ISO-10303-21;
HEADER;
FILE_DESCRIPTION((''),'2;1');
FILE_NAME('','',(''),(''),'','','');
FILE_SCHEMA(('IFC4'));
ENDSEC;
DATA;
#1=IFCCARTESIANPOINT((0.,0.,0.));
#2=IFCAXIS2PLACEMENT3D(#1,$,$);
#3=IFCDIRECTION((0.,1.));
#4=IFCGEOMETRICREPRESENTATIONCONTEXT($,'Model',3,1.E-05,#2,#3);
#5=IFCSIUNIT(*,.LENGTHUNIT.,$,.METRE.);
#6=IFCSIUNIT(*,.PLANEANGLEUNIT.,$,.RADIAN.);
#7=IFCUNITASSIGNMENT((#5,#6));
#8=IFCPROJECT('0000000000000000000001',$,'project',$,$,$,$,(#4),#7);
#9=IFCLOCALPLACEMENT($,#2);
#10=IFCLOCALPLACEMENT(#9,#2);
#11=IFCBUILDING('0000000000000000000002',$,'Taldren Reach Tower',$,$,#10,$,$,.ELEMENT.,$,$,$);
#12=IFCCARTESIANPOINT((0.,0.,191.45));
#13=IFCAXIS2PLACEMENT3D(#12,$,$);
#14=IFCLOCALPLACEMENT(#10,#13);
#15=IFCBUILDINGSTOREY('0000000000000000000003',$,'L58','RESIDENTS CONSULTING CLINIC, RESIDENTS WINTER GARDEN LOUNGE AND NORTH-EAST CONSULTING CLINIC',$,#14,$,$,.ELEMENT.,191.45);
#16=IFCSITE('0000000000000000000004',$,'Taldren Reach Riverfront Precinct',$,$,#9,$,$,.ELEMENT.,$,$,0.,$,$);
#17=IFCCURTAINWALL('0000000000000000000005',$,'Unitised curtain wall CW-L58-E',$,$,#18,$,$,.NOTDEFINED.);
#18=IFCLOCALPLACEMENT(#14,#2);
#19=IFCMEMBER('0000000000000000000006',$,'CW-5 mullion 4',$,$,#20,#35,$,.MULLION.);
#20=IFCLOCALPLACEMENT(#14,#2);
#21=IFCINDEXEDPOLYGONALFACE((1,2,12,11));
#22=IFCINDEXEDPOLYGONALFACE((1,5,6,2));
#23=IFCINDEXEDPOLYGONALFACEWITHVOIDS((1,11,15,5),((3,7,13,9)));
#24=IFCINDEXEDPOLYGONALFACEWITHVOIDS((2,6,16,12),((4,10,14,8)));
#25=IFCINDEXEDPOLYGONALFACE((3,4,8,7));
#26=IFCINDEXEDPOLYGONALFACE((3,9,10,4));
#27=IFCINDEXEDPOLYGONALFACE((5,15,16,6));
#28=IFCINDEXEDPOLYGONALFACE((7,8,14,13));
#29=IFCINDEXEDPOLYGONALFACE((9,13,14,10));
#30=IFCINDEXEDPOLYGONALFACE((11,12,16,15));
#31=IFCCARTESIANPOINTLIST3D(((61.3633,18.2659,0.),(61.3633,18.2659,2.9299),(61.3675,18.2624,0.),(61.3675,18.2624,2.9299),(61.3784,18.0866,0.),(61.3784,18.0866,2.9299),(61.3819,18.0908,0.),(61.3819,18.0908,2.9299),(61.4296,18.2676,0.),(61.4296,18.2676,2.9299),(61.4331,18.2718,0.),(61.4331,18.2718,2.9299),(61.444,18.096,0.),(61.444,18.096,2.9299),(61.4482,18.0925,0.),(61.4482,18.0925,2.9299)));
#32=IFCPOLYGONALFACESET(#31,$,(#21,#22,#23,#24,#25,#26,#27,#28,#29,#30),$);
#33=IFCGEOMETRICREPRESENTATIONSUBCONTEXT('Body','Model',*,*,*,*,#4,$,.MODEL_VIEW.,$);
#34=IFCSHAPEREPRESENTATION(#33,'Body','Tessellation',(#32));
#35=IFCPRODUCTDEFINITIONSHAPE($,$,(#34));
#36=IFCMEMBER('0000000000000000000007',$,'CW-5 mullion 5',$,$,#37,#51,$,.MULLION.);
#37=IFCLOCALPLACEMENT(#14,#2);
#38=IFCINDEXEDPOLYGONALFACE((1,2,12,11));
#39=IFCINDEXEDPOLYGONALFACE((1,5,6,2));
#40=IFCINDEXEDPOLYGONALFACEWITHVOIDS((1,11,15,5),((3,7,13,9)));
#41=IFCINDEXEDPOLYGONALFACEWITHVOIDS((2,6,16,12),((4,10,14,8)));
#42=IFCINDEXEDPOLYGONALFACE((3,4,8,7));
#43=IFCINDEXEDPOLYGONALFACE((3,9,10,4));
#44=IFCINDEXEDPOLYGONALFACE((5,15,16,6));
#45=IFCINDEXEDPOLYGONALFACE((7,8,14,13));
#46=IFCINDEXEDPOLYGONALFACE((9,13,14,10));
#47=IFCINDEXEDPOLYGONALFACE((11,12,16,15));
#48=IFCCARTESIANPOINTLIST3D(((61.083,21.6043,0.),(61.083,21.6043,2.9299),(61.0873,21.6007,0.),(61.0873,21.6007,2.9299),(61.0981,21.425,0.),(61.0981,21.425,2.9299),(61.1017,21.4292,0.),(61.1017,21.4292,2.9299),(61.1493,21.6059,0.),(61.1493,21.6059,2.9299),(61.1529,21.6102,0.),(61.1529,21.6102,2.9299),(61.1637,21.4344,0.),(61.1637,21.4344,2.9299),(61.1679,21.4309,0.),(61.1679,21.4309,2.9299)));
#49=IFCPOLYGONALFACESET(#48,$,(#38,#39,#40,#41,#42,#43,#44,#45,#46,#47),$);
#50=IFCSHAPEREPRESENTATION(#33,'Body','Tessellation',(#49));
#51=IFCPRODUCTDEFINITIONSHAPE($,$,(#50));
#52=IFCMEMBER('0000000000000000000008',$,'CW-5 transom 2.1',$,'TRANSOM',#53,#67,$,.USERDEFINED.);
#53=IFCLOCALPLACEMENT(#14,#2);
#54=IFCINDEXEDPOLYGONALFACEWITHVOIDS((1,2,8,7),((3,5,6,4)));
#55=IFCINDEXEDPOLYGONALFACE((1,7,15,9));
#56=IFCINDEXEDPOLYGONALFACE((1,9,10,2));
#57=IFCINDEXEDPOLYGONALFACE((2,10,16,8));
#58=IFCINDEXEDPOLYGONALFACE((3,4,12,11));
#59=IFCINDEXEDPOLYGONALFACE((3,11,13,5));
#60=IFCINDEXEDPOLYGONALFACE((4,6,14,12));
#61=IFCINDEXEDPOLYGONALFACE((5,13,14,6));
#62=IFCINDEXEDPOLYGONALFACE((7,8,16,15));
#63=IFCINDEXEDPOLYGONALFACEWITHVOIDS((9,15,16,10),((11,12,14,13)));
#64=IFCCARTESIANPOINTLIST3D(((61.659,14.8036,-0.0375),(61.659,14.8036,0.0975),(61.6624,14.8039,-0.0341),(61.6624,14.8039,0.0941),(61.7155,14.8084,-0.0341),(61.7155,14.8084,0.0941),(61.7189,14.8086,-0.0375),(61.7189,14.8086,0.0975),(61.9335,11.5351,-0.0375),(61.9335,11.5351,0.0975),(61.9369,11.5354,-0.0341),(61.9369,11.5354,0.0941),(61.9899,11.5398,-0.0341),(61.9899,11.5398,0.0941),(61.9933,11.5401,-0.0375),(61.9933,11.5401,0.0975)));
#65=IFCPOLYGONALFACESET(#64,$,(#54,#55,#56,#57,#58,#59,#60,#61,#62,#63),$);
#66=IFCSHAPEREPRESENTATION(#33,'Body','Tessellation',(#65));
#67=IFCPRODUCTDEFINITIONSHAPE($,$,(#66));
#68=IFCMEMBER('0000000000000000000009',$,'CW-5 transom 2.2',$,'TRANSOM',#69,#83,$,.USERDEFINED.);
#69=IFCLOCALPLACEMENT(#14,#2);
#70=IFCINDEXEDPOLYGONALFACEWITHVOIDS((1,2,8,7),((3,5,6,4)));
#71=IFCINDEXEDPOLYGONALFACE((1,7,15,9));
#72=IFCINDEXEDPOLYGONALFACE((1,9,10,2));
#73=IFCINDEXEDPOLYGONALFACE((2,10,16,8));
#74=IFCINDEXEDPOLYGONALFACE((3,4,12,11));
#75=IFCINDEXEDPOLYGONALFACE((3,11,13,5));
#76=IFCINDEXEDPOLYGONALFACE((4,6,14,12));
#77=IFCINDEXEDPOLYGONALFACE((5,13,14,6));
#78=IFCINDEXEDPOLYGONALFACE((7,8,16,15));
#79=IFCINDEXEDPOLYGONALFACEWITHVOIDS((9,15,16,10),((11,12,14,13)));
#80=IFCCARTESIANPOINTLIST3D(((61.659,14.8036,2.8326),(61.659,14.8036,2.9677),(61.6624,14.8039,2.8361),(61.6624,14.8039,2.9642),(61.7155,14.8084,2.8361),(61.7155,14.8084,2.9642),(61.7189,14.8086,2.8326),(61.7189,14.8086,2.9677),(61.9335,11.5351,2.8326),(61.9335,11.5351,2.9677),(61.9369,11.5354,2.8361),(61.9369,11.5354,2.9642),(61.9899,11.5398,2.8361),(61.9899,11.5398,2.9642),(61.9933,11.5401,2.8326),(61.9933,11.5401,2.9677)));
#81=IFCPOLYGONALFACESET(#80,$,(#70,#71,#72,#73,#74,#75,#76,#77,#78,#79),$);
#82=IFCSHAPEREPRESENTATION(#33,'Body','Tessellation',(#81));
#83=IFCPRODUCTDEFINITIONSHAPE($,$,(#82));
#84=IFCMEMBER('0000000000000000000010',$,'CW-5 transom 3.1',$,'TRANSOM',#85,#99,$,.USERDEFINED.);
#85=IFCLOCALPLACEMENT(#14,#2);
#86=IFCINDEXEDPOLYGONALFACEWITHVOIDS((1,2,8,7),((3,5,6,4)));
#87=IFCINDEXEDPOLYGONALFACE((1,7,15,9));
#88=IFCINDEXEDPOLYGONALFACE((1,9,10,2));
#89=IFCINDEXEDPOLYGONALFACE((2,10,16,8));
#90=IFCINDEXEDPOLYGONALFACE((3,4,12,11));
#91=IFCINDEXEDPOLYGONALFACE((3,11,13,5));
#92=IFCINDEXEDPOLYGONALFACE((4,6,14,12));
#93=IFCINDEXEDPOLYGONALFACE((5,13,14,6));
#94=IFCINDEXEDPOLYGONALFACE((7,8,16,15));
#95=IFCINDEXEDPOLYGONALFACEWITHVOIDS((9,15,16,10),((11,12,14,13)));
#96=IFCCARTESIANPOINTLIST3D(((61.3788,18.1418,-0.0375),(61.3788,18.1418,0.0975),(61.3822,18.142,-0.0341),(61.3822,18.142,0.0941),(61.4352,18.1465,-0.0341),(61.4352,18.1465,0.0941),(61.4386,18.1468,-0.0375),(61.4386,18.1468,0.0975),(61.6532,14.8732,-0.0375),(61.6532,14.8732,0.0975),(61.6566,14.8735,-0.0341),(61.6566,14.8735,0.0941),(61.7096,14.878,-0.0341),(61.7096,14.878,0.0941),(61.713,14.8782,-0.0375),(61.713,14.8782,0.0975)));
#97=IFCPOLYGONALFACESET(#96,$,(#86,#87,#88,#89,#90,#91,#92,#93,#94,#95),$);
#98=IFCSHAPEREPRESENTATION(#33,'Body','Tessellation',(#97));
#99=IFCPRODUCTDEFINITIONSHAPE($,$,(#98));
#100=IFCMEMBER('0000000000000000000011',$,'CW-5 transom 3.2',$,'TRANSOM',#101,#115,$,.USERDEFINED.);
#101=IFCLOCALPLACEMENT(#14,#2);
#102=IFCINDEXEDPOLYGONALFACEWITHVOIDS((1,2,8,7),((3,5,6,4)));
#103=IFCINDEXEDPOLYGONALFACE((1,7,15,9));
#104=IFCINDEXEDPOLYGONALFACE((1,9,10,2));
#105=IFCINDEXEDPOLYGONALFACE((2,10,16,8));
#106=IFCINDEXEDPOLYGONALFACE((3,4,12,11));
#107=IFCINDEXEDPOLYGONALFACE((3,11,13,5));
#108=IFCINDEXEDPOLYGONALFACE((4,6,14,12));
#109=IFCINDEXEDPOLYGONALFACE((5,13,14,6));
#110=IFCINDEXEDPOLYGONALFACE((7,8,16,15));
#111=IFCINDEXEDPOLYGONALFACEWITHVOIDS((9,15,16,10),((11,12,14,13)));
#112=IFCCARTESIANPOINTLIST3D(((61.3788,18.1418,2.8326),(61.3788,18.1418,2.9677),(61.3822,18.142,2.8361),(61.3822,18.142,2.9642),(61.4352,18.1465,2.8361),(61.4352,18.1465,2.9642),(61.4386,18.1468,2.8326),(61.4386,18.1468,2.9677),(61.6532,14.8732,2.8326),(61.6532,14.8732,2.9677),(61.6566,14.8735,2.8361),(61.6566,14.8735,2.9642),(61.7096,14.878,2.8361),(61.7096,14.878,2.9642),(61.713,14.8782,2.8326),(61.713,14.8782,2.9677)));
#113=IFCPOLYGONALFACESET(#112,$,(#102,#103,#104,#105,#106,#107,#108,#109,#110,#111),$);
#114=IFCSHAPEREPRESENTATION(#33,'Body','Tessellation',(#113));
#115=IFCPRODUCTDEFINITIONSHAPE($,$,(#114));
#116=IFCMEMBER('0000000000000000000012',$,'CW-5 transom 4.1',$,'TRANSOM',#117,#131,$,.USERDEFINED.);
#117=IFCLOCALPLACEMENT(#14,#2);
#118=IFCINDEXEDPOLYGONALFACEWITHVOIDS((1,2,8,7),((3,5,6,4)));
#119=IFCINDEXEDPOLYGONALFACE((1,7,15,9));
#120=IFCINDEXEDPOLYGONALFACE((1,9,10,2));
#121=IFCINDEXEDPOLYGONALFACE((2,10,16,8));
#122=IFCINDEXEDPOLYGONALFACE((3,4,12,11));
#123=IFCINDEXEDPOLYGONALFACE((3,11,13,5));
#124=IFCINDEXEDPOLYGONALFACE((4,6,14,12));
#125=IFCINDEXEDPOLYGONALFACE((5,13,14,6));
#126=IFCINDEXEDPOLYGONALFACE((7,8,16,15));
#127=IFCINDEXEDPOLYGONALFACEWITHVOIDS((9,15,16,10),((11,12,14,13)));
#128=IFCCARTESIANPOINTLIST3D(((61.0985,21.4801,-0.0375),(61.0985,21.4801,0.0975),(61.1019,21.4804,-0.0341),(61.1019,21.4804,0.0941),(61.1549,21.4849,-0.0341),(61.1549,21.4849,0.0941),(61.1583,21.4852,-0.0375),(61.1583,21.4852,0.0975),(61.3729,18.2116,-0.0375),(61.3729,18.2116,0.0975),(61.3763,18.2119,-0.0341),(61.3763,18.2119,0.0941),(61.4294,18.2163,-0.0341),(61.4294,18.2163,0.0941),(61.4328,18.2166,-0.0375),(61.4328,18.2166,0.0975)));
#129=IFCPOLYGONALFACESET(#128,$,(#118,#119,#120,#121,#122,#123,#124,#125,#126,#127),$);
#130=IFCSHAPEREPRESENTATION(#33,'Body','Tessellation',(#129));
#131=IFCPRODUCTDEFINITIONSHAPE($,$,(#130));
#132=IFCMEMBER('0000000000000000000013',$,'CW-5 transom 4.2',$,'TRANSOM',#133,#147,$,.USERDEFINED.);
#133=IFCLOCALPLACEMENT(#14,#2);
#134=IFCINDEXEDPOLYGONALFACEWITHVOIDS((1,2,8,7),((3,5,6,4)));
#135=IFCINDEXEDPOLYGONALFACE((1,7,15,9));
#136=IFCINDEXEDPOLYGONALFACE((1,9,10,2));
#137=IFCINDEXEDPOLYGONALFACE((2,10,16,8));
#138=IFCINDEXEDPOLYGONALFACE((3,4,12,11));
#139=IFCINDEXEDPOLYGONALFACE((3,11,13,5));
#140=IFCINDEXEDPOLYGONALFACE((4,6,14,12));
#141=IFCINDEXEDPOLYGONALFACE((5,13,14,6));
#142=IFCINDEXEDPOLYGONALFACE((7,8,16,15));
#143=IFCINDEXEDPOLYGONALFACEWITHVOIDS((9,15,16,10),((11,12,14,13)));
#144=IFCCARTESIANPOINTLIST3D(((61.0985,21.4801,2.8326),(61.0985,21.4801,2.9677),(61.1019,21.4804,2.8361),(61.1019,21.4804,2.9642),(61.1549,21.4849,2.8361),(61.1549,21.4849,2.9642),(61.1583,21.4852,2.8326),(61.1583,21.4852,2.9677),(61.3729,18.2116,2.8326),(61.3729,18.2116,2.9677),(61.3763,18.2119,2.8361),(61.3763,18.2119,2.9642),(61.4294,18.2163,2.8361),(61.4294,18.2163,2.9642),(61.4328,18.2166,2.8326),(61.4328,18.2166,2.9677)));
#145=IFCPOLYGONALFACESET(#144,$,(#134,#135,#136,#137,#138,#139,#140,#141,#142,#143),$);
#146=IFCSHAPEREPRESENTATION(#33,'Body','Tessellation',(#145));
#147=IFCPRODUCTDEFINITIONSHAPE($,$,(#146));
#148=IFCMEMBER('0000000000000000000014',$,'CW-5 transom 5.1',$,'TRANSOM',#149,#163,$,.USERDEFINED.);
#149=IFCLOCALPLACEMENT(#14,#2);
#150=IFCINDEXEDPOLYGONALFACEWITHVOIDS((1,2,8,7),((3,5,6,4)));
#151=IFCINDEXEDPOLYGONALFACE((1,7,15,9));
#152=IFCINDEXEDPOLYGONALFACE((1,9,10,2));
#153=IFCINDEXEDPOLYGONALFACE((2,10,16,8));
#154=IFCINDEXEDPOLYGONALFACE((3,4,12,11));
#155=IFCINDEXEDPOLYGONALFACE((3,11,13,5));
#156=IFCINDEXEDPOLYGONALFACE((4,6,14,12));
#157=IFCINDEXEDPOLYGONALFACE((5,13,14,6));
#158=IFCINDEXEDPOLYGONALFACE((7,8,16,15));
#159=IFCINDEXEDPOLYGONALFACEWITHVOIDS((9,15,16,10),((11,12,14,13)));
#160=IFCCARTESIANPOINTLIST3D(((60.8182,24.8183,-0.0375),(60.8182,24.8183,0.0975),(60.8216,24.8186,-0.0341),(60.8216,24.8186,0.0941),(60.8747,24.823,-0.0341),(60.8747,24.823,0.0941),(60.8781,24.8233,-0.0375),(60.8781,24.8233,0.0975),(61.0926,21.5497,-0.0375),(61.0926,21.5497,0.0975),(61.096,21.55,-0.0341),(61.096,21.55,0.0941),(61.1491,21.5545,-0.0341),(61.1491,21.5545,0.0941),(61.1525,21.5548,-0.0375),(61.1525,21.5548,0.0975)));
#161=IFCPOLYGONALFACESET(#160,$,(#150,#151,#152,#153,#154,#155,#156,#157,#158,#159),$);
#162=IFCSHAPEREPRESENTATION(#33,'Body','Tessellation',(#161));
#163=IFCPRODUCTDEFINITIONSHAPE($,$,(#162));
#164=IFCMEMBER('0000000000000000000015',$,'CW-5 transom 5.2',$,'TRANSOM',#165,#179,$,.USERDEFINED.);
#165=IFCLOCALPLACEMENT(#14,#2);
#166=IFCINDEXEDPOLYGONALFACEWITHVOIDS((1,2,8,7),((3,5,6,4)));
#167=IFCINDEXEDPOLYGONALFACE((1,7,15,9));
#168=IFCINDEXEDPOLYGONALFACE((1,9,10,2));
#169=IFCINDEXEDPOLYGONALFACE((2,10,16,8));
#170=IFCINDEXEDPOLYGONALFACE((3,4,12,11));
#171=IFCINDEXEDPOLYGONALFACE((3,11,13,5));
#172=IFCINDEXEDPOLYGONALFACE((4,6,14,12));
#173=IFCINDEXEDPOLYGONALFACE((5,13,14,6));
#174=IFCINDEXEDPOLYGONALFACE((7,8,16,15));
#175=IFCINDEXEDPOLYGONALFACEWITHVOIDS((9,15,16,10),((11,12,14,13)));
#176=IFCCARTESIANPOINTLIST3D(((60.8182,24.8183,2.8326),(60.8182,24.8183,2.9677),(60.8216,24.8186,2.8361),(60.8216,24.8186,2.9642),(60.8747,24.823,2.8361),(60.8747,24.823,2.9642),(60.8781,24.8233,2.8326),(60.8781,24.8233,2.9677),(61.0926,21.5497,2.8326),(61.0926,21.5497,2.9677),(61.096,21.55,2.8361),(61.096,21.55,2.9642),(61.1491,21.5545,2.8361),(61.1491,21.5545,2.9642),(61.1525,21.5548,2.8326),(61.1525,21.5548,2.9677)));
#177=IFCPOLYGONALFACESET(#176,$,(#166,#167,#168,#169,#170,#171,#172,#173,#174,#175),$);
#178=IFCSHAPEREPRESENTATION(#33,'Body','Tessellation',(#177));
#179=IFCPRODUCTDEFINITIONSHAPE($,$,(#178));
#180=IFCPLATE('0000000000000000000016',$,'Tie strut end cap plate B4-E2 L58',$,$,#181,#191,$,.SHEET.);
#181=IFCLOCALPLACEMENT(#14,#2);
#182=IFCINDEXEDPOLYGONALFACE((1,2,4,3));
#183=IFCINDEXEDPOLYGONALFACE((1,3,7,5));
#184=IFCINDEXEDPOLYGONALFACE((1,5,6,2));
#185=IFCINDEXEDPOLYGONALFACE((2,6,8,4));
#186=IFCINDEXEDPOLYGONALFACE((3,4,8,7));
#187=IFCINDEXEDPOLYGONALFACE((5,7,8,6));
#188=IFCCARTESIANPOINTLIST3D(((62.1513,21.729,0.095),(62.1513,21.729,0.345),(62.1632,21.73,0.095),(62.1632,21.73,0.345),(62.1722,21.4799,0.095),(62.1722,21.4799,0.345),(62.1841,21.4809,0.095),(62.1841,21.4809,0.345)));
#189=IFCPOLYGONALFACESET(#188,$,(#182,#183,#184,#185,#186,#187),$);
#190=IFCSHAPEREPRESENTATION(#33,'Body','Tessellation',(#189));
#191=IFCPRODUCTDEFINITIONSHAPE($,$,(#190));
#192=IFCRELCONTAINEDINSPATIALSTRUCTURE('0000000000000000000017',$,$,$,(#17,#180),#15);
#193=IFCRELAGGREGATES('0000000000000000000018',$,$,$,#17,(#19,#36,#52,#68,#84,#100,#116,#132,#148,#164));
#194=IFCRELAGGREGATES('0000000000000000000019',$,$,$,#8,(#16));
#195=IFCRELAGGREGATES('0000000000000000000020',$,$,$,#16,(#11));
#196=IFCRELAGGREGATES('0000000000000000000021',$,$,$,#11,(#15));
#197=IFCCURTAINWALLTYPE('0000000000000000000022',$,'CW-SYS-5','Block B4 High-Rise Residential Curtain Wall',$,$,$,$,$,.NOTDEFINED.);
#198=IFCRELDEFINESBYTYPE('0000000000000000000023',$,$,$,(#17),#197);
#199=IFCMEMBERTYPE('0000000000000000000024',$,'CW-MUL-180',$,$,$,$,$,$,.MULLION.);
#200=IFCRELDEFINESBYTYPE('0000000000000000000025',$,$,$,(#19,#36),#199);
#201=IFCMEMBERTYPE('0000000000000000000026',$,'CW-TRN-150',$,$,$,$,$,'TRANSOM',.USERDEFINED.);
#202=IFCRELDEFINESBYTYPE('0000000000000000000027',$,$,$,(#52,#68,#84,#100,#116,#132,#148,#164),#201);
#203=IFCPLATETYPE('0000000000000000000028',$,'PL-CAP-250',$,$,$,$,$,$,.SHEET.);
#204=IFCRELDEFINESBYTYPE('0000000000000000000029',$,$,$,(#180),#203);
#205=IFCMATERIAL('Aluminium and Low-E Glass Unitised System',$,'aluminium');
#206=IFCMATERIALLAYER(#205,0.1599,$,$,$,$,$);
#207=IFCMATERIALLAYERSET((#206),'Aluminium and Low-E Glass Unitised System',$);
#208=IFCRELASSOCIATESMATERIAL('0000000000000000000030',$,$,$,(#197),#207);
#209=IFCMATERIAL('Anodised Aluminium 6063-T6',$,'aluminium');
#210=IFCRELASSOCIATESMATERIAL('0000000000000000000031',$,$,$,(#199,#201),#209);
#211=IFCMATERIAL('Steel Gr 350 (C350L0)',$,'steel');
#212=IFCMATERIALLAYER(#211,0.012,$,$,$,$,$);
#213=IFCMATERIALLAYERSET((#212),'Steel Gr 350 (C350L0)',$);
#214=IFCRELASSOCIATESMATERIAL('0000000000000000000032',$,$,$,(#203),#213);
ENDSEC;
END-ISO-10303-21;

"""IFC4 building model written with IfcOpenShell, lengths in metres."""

from ifc_helpers import new_model, si_unit, direction, frame, origin, origin_2d, place, context, subcontext, project, spatial, rectangle, hollow_rectangle, extrude, source, transform, mapped, material, layer, layer_set, material_profile, profile_set, type_object, element, aggregate, save


model = new_model("IFC4")

# Units and contexts
model_context = context("Model", 3, precision=1e-05, world=origin(), true_north=direction((0.0, 1.0)))
body_context = subcontext(model_context, "Body", "Model", "MODEL_VIEW")
ifc_project = project(units=[si_unit("LENGTHUNIT", "METRE"), si_unit("PLANEANGLEUNIT", "RADIAN")], contexts=[model_context])

# Site, building, storey
site_placement = place(None, origin())
site = spatial("IfcSite", under=ifc_project, at=site_placement, Name="Taldren Reach Riverfront Precinct", CompositionType="ELEMENT", RefElevation=0.0)
building_placement = place(site_placement, origin())
building = spatial("IfcBuilding", under=site, at=building_placement, Name="Taldren Reach Tower", CompositionType="ELEMENT")
storey_placement = place(building_placement, frame((0.0, 0.0, 191.45)))
storey = spatial("IfcBuildingStorey", under=building, at=storey_placement, Name="L58", Description="RESIDENTS CONSULTING CLINIC, RESIDENTS WINTER GARDEN LOUNGE AND NORTH-EAST CONSULTING CLINIC", CompositionType="ELEMENT", Elevation=191.45)

# Shared definitions
ifc_material_1 = material(Name="Steel Gr 350 (C350L0)", Category="steel")

# Curtain wall, members
ifc_material_2 = material(Name="Aluminium and Low-E Glass Unitised System", Category="aluminium")
ifc_layer_1 = layer(ifc_material_2, 0.1599)
ifc_layer_set_1 = layer_set([ifc_layer_1], Name="Aluminium and Low-E Glass Unitised System")
curtain_wall_type = type_object("IfcCurtainWallType", Name="CW-SYS-5", Description="Block B4 High-Rise Residential Curtain Wall", PredefinedType="NOTDEFINED", material=ifc_layer_set_1)
curtain_wall_placement = place(storey_placement, origin())
curtain_wall = element("IfcCurtainWall", 1, at=curtain_wall_placement, inside=storey, type_object=curtain_wall_type, Name="Unitised curtain wall CW-L58-E", PredefinedType="NOTDEFINED")
ifc_material_3 = material(Name="Anodised Aluminium 6063-T6", Category="aluminium")
ifc_material_profile_1 = material_profile(ifc_material_3, hollow_rectangle(XDim=0.0701, YDim=0.1799, WallThickness=0.0039, at=origin_2d()), Name="ALU-180x70x4RHS")
ifc_profile_set_1 = profile_set([ifc_material_profile_1], Name="Anodised Aluminium 6063-T6")
member_type_1 = type_object("IfcMemberType", Name="CW-MUL-180", PredefinedType="MULLION", material=ifc_profile_set_1)
shared_shape_1 = source(origin(), body_context, "Body", "SweptSolid", [
    extrude(hollow_rectangle(XDim=0.0701, YDim=0.1799, WallThickness=0.0039, at=origin_2d()), origin(), (0.0, 0.0, 1.0), 2.9299),
])
member_1_placement = place(storey_placement, frame((61.4058, 18.1792, 0.0), z_axis=(0.0, 0.0, 1.0), x_axis=(-0.996493, -0.083678, 0.0)))
member_1 = element("IfcMember", 2, at=member_1_placement, type_object=member_type_1, Name="CW-5 mullion 4", PredefinedType="MULLION", context=body_context, shape_type="MappedRepresentation", body=[
    mapped(shared_shape_1, transform((0.0, 0.0, 0.0), scale=1.0)),
])
member_2_placement = place(storey_placement, frame((61.1255, 21.5176, 0.0), z_axis=(0.0, 0.0, 1.0), x_axis=(-0.996493, -0.083678, 0.0)))
member_2 = element("IfcMember", 3, at=member_2_placement, type_object=member_type_1, Name="CW-5 mullion 5", PredefinedType="MULLION", context=body_context, shape_type="MappedRepresentation", body=[
    mapped(shared_shape_1, transform((0.0, 0.0, 0.0), scale=1.0)),
])
ifc_material_profile_2 = material_profile(ifc_material_3, hollow_rectangle(XDim=0.0601, YDim=0.135, WallThickness=0.0034, at=origin_2d()), Name="ALU-135x60x3.5RHS")
ifc_profile_set_2 = profile_set([ifc_material_profile_2], Name="Anodised Aluminium 6063-T6")
member_type_2 = type_object("IfcMemberType", Name="CW-TRN-150", ElementType="TRANSOM", PredefinedType="USERDEFINED", material=ifc_profile_set_2)
shared_shape_2 = source(origin(), body_context, "Body", "SweptSolid", [
    extrude(hollow_rectangle(XDim=0.0601, YDim=0.135, WallThickness=0.0034, at=origin_2d()), origin(), (0.0, 0.0, 1.0), 3.28),
])
member_3_placement = place(storey_placement, frame((61.9634, 11.5376, 0.03), z_axis=(-0.083661, 0.996494, 0.0), x_axis=(-0.996494, -0.083661, 0.0)))
member_3 = element("IfcMember", 4, at=member_3_placement, type_object=member_type_2, Name="CW-5 transom 2.1", ObjectType="TRANSOM", PredefinedType="USERDEFINED", context=body_context, shape_type="MappedRepresentation", body=[
    mapped(shared_shape_2, transform((0.0, 0.0, 0.0), scale=1.0)),
])
member_4_placement = place(storey_placement, frame((61.9634, 11.5376, 2.9001), z_axis=(-0.083661, 0.996494, 0.0), x_axis=(-0.996494, -0.083661, 0.0)))
member_4 = element("IfcMember", 5, at=member_4_placement, type_object=member_type_2, Name="CW-5 transom 2.2", ObjectType="TRANSOM", PredefinedType="USERDEFINED", context=body_context, shape_type="MappedRepresentation", body=[
    mapped(shared_shape_2, transform((0.0, 0.0, 0.0), scale=1.0)),
])
member_5_placement = place(storey_placement, frame((61.6831, 14.8757, 0.03), z_axis=(-0.083661, 0.996494, 0.0), x_axis=(-0.996494, -0.083661, 0.0)))
member_5 = element("IfcMember", 6, at=member_5_placement, type_object=member_type_2, Name="CW-5 transom 3.1", ObjectType="TRANSOM", PredefinedType="USERDEFINED", context=body_context, shape_type="MappedRepresentation", body=[
    mapped(shared_shape_2, transform((0.0, 0.0, 0.0), scale=1.0)),
])
member_6_placement = place(storey_placement, frame((61.6831, 14.8757, 2.9001), z_axis=(-0.083661, 0.996494, 0.0), x_axis=(-0.996494, -0.083661, 0.0)))
member_6 = element("IfcMember", 7, at=member_6_placement, type_object=member_type_2, Name="CW-5 transom 3.2", ObjectType="TRANSOM", PredefinedType="USERDEFINED", context=body_context, shape_type="MappedRepresentation", body=[
    mapped(shared_shape_2, transform((0.0, 0.0, 0.0), scale=1.0)),
])
member_7_placement = place(storey_placement, frame((61.4028, 18.2141, 0.03), z_axis=(-0.083661, 0.996494, 0.0), x_axis=(-0.996494, -0.083661, 0.0)))
member_7 = element("IfcMember", 8, at=member_7_placement, type_object=member_type_2, Name="CW-5 transom 4.1", ObjectType="TRANSOM", PredefinedType="USERDEFINED", context=body_context, shape_type="MappedRepresentation", body=[
    mapped(shared_shape_2, transform((0.0, 0.0, 0.0), scale=1.0)),
])
member_8_placement = place(storey_placement, frame((61.4028, 18.2141, 2.9001), z_axis=(-0.083661, 0.996494, 0.0), x_axis=(-0.996494, -0.083661, 0.0)))
member_8 = element("IfcMember", 9, at=member_8_placement, type_object=member_type_2, Name="CW-5 transom 4.2", ObjectType="TRANSOM", PredefinedType="USERDEFINED", context=body_context, shape_type="MappedRepresentation", body=[
    mapped(shared_shape_2, transform((0.0, 0.0, 0.0), scale=1.0)),
])
member_9_placement = place(storey_placement, frame((61.1226, 21.5522, 0.03), z_axis=(-0.083661, 0.996494, 0.0), x_axis=(-0.996494, -0.083661, 0.0)))
member_9 = element("IfcMember", 10, at=member_9_placement, type_object=member_type_2, Name="CW-5 transom 5.1", ObjectType="TRANSOM", PredefinedType="USERDEFINED", context=body_context, shape_type="MappedRepresentation", body=[
    mapped(shared_shape_2, transform((0.0, 0.0, 0.0), scale=1.0)),
])
member_10_placement = place(storey_placement, frame((61.1226, 21.5522, 2.9001), z_axis=(-0.083661, 0.996494, 0.0), x_axis=(-0.996494, -0.083661, 0.0)))
member_10 = element("IfcMember", 11, at=member_10_placement, type_object=member_type_2, Name="CW-5 transom 5.2", ObjectType="TRANSOM", PredefinedType="USERDEFINED", context=body_context, shape_type="MappedRepresentation", body=[
    mapped(shared_shape_2, transform((0.0, 0.0, 0.0), scale=1.0)),
])

# Plate
ifc_layer_2 = layer(ifc_material_1, 0.012)
ifc_layer_set_2 = layer_set([ifc_layer_2], Name="Steel Gr 350 (C350L0)")
plate_type_1 = type_object("IfcPlateType", Name="PL-CAP-250", PredefinedType="SHEET", material=ifc_layer_set_2)
shared_shape_3 = source(origin(), body_context, "Body", "SweptSolid", [
    extrude(rectangle(XDim=0.012, YDim=0.25, at=origin_2d()), origin(), (0.0, 0.0, 1.0), 0.25),
])
plate_1_placement = place(storey_placement, frame((62.1677, 21.605, 0.095), z_axis=(0.0, 0.0, 1.0), x_axis=(0.996493, 0.083678, 0.0)))
element("IfcPlate", 12, at=plate_1_placement, inside=storey, type_object=plate_type_1, Name="Tie strut end cap plate B4-E2 L58", PredefinedType="SHEET", context=body_context, shape_type="MappedRepresentation", body=[
    mapped(shared_shape_3, transform((0.0, 0.0, 0.0), scale=1.0)),
])

aggregate(curtain_wall, [member_1, member_2, member_3, member_4, member_5, member_6, member_7, member_8, member_9, member_10])

save(model, "model.ifc")
